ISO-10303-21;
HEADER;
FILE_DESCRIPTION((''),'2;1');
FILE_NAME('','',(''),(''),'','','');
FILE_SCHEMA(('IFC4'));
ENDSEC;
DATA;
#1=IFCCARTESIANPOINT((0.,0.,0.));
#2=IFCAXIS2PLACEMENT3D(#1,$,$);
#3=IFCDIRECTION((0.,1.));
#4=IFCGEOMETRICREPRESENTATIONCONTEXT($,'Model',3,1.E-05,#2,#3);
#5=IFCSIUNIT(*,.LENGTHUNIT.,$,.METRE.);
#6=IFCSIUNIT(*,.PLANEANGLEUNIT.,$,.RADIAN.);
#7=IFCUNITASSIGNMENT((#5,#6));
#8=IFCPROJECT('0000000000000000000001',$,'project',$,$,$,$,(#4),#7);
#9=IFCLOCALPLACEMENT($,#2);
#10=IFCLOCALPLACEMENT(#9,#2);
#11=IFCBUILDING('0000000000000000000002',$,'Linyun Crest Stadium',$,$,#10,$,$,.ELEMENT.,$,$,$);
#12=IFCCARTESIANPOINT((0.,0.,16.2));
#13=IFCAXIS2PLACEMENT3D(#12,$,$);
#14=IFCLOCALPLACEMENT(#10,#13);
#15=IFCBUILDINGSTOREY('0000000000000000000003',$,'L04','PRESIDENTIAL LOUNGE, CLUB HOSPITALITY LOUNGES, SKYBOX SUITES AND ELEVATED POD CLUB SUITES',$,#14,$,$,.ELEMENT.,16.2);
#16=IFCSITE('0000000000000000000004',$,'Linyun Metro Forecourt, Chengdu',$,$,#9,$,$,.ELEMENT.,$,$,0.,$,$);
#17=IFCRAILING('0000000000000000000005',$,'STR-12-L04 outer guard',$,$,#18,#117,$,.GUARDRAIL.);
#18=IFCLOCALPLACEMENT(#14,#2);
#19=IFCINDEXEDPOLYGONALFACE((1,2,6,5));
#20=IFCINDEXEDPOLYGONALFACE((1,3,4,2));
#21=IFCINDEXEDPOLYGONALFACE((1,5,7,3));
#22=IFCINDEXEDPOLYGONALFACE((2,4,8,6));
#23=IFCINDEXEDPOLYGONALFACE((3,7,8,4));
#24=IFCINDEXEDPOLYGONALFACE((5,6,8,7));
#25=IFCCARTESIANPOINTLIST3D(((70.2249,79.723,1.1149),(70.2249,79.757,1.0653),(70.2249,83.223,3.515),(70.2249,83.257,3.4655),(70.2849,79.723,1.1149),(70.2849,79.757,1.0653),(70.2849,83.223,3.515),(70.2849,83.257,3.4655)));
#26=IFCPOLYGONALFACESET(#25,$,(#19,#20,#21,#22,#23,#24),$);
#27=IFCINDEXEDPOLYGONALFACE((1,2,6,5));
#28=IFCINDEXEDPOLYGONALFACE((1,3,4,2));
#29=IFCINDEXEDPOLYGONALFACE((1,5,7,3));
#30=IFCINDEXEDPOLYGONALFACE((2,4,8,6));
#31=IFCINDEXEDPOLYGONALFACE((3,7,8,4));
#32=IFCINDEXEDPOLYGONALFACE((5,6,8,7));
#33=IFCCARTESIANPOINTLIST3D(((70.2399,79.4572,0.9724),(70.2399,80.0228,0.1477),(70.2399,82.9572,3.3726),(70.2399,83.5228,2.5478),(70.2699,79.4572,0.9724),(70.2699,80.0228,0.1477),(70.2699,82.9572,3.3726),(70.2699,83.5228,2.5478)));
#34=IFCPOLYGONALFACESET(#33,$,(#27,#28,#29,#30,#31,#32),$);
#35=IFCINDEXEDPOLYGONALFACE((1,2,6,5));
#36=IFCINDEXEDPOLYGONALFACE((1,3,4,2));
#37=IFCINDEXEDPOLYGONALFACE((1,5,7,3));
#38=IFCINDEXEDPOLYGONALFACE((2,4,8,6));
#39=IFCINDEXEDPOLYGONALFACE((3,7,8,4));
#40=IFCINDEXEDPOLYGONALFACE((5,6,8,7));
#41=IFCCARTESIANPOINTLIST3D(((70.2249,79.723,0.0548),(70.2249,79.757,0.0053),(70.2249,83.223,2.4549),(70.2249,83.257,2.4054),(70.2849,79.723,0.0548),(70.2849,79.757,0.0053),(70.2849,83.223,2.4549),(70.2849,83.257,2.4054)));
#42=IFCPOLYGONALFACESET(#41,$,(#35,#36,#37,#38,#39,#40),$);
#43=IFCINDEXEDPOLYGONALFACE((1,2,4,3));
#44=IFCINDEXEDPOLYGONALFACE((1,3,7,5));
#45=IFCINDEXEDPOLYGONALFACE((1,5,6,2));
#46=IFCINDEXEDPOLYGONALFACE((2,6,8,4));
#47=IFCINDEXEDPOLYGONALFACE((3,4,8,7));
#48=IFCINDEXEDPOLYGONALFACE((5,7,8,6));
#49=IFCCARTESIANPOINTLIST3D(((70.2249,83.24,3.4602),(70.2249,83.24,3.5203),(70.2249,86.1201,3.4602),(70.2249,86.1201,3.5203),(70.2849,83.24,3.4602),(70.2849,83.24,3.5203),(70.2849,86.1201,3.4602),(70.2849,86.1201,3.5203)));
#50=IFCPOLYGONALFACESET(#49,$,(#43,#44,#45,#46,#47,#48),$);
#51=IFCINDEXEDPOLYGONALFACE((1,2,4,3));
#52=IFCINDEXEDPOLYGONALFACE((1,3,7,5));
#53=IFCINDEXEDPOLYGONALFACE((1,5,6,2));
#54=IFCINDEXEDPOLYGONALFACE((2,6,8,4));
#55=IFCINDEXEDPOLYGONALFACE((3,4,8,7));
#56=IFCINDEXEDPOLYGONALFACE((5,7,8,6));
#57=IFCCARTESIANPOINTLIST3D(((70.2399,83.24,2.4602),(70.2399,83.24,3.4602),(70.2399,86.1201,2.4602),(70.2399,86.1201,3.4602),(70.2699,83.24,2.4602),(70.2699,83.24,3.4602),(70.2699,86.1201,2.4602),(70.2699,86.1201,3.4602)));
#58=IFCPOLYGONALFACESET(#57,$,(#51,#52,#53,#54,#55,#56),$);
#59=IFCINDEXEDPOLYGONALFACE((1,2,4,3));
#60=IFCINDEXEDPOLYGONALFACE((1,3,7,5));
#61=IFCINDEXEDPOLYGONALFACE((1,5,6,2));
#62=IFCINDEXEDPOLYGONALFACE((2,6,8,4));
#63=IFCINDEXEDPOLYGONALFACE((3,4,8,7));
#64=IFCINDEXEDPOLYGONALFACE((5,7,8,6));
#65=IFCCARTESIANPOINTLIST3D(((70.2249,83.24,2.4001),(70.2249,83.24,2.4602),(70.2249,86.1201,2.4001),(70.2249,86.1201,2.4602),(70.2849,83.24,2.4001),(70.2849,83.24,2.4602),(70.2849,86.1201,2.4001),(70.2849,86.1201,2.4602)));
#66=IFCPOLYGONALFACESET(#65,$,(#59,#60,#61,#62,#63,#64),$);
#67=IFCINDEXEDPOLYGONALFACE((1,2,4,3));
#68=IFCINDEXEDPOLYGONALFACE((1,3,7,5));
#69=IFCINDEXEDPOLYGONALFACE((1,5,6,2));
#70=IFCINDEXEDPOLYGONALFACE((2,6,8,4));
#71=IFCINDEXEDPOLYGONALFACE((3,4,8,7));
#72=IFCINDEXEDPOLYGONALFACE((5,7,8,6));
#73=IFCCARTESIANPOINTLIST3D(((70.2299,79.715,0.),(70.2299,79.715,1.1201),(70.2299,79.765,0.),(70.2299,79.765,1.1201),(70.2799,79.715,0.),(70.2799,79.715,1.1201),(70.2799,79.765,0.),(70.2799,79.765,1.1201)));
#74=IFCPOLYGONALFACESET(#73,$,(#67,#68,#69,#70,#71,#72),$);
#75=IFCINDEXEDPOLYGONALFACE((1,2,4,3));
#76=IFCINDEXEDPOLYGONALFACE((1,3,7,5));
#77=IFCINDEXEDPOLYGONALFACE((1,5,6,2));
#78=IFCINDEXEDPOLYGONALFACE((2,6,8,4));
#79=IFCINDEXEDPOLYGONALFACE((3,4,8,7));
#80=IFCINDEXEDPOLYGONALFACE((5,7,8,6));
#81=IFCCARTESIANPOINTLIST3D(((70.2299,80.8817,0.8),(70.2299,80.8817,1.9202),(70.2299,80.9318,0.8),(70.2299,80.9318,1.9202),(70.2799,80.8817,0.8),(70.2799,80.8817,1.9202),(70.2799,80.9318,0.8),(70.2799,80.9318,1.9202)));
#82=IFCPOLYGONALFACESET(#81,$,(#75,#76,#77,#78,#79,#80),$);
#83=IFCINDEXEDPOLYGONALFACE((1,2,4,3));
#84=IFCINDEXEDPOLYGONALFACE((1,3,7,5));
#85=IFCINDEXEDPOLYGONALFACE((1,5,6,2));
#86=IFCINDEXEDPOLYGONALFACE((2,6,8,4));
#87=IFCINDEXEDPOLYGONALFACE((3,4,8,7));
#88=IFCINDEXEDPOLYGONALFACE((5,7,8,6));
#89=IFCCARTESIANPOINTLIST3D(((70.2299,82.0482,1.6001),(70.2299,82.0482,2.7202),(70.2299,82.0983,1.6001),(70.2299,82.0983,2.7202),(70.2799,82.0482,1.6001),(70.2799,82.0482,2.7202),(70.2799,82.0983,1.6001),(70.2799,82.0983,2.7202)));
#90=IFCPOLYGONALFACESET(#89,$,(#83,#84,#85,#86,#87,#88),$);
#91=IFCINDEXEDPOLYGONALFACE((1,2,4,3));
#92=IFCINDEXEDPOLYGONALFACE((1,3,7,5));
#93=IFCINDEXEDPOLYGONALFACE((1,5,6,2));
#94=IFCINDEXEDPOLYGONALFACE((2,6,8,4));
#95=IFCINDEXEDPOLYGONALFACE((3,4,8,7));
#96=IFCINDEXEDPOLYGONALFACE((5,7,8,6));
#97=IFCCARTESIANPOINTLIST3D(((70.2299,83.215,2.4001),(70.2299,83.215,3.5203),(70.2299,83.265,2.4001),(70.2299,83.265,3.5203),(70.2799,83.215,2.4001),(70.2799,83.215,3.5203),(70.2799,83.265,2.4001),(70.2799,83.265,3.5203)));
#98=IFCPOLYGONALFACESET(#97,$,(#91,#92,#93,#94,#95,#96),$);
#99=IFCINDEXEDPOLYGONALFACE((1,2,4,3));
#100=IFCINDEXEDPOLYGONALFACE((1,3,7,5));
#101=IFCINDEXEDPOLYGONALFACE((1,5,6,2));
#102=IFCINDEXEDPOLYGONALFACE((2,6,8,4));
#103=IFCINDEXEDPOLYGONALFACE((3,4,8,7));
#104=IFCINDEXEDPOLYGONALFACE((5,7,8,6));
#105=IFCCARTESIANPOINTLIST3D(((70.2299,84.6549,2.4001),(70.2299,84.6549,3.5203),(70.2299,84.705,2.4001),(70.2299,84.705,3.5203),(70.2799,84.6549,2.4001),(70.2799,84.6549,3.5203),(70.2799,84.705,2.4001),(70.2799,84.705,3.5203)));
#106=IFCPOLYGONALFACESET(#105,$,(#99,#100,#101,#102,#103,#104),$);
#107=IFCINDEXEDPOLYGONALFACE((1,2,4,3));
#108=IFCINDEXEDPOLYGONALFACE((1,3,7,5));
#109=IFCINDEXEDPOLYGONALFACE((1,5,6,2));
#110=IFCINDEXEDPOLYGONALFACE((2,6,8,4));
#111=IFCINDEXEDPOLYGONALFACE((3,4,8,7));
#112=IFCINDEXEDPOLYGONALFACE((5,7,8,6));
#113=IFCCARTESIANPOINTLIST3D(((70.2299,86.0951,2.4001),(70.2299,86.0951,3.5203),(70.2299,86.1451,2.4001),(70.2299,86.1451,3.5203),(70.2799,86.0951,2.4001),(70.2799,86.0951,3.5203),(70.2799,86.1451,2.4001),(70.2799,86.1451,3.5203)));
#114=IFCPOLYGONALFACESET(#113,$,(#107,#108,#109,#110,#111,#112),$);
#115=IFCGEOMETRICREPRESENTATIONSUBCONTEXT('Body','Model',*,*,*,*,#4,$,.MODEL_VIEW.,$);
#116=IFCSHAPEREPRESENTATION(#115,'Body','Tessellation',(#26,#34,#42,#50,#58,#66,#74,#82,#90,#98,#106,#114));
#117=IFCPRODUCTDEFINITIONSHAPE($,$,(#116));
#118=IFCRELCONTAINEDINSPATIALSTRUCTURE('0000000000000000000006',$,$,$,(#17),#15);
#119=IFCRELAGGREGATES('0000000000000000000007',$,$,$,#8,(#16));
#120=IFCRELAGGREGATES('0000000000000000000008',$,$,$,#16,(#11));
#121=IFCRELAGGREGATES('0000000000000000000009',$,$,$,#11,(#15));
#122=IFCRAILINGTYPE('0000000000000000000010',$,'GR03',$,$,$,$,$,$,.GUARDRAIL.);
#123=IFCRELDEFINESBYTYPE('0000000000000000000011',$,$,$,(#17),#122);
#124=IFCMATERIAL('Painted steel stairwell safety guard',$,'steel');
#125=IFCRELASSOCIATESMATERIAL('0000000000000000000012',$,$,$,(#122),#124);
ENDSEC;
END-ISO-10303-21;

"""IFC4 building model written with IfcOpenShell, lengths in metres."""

from ifc_helpers import new_model, si_unit, direction, frame, origin, origin_2d, place, context, subcontext, project, spatial, rectangle, extrude, material, type_object, element, save


model = new_model("IFC4")

# Units and contexts
model_context = context("Model", 3, precision=1e-05, world=origin(), true_north=direction((0.0, 1.0)))
body_context = subcontext(model_context, "Body", "Model", "MODEL_VIEW")
ifc_project = project(units=[si_unit("LENGTHUNIT", "METRE"), si_unit("PLANEANGLEUNIT", "RADIAN")], contexts=[model_context])

# Site, building, storey
site_placement = place(None, origin())
site = spatial("IfcSite", under=ifc_project, at=site_placement, Name="Linyun Metro Forecourt, Chengdu", CompositionType="ELEMENT", RefElevation=0.0)
building_placement = place(site_placement, origin())
building = spatial("IfcBuilding", under=site, at=building_placement, Name="Linyun Crest Stadium", CompositionType="ELEMENT")
storey_placement = place(building_placement, frame((0.0, 0.0, 16.2)))
storey = spatial("IfcBuildingStorey", under=building, at=storey_placement, Name="L04", Description="PRESIDENTIAL LOUNGE, CLUB HOSPITALITY LOUNGES, SKYBOX SUITES AND ELEVATED POD CLUB SUITES", CompositionType="ELEMENT", Elevation=16.2)

# Railing
ifc_material_1 = material(Name="Painted steel stairwell safety guard", Category="steel")
railing_type_1 = type_object("IfcRailingType", Name="GR03", PredefinedType="GUARDRAIL", material=ifc_material_1)
railing_1_placement = place(storey_placement, frame((70.2549, 79.74, 0.0)))
element("IfcRailing", 1, at=railing_1_placement, inside=storey, type_object=railing_type_1, Name="STR-12-L04 outer guard", PredefinedType="GUARDRAIL", context=body_context, shape_type="SweptSolid", body=[
    extrude(rectangle(XDim=0.0601, YDim=0.0601, at=origin_2d()), frame((0.0, 0.0, 1.0901), z_axis=(0.0, 0.824713, 0.565552), x_axis=(-1.0, 0.0, 0.0)), (0.0, 0.0, 1.0), 4.2439),
    extrude(rectangle(XDim=0.03, YDim=1.0, at=origin_2d()), frame((0.0, 0.0, 0.5601), z_axis=(0.0, 0.824713, 0.565552), x_axis=(-1.0, 0.0, 0.0)), (0.0, 0.0, 1.0), 4.2439),
    extrude(rectangle(XDim=0.0601, YDim=0.0601, at=origin_2d()), frame((0.0, 0.0, 0.03), z_axis=(0.0, 0.824713, 0.565552), x_axis=(-1.0, 0.0, 0.0)), (0.0, 0.0, 1.0), 4.2439),
    extrude(rectangle(XDim=0.0601, YDim=0.0601, at=origin_2d()), frame((0.0, 3.5, 3.4902), z_axis=(0.0, 1.0, 0.0), x_axis=(-1.0, 0.0, 0.0)), (0.0, 0.0, 1.0), 2.8801),
    extrude(rectangle(XDim=0.03, YDim=1.0, at=origin_2d()), frame((0.0, 3.5, 2.9602), z_axis=(0.0, 1.0, 0.0), x_axis=(-1.0, 0.0, 0.0)), (0.0, 0.0, 1.0), 2.8801),
    extrude(rectangle(XDim=0.0601, YDim=0.0601, at=origin_2d()), frame((0.0, 3.5, 2.4302), z_axis=(0.0, 1.0, 0.0), x_axis=(-1.0, 0.0, 0.0)), (0.0, 0.0, 1.0), 2.8801),
    extrude(rectangle(XDim=0.05, YDim=0.05, at=origin_2d()), origin(), (0.0, 0.0, 1.0), 1.1201),
    extrude(rectangle(XDim=0.05, YDim=0.05, at=origin_2d()), frame((0.0, 1.1667, 0.8)), (0.0, 0.0, 1.0), 1.1201),
    extrude(rectangle(XDim=0.05, YDim=0.05, at=origin_2d()), frame((0.0, 2.3333, 1.6001)), (0.0, 0.0, 1.0), 1.1201),
    extrude(rectangle(XDim=0.05, YDim=0.05, at=origin_2d()), frame((0.0, 3.5, 2.4001)), (0.0, 0.0, 1.0), 1.1201),
    extrude(rectangle(XDim=0.05, YDim=0.05, at=origin_2d()), frame((0.0, 4.9399, 2.4001)), (0.0, 0.0, 1.0), 1.1201),
    extrude(rectangle(XDim=0.05, YDim=0.05, at=origin_2d()), frame((0.0, 6.3801, 2.4001)), (0.0, 0.0, 1.0), 1.1201),
])

save(model, "model.ifc")
